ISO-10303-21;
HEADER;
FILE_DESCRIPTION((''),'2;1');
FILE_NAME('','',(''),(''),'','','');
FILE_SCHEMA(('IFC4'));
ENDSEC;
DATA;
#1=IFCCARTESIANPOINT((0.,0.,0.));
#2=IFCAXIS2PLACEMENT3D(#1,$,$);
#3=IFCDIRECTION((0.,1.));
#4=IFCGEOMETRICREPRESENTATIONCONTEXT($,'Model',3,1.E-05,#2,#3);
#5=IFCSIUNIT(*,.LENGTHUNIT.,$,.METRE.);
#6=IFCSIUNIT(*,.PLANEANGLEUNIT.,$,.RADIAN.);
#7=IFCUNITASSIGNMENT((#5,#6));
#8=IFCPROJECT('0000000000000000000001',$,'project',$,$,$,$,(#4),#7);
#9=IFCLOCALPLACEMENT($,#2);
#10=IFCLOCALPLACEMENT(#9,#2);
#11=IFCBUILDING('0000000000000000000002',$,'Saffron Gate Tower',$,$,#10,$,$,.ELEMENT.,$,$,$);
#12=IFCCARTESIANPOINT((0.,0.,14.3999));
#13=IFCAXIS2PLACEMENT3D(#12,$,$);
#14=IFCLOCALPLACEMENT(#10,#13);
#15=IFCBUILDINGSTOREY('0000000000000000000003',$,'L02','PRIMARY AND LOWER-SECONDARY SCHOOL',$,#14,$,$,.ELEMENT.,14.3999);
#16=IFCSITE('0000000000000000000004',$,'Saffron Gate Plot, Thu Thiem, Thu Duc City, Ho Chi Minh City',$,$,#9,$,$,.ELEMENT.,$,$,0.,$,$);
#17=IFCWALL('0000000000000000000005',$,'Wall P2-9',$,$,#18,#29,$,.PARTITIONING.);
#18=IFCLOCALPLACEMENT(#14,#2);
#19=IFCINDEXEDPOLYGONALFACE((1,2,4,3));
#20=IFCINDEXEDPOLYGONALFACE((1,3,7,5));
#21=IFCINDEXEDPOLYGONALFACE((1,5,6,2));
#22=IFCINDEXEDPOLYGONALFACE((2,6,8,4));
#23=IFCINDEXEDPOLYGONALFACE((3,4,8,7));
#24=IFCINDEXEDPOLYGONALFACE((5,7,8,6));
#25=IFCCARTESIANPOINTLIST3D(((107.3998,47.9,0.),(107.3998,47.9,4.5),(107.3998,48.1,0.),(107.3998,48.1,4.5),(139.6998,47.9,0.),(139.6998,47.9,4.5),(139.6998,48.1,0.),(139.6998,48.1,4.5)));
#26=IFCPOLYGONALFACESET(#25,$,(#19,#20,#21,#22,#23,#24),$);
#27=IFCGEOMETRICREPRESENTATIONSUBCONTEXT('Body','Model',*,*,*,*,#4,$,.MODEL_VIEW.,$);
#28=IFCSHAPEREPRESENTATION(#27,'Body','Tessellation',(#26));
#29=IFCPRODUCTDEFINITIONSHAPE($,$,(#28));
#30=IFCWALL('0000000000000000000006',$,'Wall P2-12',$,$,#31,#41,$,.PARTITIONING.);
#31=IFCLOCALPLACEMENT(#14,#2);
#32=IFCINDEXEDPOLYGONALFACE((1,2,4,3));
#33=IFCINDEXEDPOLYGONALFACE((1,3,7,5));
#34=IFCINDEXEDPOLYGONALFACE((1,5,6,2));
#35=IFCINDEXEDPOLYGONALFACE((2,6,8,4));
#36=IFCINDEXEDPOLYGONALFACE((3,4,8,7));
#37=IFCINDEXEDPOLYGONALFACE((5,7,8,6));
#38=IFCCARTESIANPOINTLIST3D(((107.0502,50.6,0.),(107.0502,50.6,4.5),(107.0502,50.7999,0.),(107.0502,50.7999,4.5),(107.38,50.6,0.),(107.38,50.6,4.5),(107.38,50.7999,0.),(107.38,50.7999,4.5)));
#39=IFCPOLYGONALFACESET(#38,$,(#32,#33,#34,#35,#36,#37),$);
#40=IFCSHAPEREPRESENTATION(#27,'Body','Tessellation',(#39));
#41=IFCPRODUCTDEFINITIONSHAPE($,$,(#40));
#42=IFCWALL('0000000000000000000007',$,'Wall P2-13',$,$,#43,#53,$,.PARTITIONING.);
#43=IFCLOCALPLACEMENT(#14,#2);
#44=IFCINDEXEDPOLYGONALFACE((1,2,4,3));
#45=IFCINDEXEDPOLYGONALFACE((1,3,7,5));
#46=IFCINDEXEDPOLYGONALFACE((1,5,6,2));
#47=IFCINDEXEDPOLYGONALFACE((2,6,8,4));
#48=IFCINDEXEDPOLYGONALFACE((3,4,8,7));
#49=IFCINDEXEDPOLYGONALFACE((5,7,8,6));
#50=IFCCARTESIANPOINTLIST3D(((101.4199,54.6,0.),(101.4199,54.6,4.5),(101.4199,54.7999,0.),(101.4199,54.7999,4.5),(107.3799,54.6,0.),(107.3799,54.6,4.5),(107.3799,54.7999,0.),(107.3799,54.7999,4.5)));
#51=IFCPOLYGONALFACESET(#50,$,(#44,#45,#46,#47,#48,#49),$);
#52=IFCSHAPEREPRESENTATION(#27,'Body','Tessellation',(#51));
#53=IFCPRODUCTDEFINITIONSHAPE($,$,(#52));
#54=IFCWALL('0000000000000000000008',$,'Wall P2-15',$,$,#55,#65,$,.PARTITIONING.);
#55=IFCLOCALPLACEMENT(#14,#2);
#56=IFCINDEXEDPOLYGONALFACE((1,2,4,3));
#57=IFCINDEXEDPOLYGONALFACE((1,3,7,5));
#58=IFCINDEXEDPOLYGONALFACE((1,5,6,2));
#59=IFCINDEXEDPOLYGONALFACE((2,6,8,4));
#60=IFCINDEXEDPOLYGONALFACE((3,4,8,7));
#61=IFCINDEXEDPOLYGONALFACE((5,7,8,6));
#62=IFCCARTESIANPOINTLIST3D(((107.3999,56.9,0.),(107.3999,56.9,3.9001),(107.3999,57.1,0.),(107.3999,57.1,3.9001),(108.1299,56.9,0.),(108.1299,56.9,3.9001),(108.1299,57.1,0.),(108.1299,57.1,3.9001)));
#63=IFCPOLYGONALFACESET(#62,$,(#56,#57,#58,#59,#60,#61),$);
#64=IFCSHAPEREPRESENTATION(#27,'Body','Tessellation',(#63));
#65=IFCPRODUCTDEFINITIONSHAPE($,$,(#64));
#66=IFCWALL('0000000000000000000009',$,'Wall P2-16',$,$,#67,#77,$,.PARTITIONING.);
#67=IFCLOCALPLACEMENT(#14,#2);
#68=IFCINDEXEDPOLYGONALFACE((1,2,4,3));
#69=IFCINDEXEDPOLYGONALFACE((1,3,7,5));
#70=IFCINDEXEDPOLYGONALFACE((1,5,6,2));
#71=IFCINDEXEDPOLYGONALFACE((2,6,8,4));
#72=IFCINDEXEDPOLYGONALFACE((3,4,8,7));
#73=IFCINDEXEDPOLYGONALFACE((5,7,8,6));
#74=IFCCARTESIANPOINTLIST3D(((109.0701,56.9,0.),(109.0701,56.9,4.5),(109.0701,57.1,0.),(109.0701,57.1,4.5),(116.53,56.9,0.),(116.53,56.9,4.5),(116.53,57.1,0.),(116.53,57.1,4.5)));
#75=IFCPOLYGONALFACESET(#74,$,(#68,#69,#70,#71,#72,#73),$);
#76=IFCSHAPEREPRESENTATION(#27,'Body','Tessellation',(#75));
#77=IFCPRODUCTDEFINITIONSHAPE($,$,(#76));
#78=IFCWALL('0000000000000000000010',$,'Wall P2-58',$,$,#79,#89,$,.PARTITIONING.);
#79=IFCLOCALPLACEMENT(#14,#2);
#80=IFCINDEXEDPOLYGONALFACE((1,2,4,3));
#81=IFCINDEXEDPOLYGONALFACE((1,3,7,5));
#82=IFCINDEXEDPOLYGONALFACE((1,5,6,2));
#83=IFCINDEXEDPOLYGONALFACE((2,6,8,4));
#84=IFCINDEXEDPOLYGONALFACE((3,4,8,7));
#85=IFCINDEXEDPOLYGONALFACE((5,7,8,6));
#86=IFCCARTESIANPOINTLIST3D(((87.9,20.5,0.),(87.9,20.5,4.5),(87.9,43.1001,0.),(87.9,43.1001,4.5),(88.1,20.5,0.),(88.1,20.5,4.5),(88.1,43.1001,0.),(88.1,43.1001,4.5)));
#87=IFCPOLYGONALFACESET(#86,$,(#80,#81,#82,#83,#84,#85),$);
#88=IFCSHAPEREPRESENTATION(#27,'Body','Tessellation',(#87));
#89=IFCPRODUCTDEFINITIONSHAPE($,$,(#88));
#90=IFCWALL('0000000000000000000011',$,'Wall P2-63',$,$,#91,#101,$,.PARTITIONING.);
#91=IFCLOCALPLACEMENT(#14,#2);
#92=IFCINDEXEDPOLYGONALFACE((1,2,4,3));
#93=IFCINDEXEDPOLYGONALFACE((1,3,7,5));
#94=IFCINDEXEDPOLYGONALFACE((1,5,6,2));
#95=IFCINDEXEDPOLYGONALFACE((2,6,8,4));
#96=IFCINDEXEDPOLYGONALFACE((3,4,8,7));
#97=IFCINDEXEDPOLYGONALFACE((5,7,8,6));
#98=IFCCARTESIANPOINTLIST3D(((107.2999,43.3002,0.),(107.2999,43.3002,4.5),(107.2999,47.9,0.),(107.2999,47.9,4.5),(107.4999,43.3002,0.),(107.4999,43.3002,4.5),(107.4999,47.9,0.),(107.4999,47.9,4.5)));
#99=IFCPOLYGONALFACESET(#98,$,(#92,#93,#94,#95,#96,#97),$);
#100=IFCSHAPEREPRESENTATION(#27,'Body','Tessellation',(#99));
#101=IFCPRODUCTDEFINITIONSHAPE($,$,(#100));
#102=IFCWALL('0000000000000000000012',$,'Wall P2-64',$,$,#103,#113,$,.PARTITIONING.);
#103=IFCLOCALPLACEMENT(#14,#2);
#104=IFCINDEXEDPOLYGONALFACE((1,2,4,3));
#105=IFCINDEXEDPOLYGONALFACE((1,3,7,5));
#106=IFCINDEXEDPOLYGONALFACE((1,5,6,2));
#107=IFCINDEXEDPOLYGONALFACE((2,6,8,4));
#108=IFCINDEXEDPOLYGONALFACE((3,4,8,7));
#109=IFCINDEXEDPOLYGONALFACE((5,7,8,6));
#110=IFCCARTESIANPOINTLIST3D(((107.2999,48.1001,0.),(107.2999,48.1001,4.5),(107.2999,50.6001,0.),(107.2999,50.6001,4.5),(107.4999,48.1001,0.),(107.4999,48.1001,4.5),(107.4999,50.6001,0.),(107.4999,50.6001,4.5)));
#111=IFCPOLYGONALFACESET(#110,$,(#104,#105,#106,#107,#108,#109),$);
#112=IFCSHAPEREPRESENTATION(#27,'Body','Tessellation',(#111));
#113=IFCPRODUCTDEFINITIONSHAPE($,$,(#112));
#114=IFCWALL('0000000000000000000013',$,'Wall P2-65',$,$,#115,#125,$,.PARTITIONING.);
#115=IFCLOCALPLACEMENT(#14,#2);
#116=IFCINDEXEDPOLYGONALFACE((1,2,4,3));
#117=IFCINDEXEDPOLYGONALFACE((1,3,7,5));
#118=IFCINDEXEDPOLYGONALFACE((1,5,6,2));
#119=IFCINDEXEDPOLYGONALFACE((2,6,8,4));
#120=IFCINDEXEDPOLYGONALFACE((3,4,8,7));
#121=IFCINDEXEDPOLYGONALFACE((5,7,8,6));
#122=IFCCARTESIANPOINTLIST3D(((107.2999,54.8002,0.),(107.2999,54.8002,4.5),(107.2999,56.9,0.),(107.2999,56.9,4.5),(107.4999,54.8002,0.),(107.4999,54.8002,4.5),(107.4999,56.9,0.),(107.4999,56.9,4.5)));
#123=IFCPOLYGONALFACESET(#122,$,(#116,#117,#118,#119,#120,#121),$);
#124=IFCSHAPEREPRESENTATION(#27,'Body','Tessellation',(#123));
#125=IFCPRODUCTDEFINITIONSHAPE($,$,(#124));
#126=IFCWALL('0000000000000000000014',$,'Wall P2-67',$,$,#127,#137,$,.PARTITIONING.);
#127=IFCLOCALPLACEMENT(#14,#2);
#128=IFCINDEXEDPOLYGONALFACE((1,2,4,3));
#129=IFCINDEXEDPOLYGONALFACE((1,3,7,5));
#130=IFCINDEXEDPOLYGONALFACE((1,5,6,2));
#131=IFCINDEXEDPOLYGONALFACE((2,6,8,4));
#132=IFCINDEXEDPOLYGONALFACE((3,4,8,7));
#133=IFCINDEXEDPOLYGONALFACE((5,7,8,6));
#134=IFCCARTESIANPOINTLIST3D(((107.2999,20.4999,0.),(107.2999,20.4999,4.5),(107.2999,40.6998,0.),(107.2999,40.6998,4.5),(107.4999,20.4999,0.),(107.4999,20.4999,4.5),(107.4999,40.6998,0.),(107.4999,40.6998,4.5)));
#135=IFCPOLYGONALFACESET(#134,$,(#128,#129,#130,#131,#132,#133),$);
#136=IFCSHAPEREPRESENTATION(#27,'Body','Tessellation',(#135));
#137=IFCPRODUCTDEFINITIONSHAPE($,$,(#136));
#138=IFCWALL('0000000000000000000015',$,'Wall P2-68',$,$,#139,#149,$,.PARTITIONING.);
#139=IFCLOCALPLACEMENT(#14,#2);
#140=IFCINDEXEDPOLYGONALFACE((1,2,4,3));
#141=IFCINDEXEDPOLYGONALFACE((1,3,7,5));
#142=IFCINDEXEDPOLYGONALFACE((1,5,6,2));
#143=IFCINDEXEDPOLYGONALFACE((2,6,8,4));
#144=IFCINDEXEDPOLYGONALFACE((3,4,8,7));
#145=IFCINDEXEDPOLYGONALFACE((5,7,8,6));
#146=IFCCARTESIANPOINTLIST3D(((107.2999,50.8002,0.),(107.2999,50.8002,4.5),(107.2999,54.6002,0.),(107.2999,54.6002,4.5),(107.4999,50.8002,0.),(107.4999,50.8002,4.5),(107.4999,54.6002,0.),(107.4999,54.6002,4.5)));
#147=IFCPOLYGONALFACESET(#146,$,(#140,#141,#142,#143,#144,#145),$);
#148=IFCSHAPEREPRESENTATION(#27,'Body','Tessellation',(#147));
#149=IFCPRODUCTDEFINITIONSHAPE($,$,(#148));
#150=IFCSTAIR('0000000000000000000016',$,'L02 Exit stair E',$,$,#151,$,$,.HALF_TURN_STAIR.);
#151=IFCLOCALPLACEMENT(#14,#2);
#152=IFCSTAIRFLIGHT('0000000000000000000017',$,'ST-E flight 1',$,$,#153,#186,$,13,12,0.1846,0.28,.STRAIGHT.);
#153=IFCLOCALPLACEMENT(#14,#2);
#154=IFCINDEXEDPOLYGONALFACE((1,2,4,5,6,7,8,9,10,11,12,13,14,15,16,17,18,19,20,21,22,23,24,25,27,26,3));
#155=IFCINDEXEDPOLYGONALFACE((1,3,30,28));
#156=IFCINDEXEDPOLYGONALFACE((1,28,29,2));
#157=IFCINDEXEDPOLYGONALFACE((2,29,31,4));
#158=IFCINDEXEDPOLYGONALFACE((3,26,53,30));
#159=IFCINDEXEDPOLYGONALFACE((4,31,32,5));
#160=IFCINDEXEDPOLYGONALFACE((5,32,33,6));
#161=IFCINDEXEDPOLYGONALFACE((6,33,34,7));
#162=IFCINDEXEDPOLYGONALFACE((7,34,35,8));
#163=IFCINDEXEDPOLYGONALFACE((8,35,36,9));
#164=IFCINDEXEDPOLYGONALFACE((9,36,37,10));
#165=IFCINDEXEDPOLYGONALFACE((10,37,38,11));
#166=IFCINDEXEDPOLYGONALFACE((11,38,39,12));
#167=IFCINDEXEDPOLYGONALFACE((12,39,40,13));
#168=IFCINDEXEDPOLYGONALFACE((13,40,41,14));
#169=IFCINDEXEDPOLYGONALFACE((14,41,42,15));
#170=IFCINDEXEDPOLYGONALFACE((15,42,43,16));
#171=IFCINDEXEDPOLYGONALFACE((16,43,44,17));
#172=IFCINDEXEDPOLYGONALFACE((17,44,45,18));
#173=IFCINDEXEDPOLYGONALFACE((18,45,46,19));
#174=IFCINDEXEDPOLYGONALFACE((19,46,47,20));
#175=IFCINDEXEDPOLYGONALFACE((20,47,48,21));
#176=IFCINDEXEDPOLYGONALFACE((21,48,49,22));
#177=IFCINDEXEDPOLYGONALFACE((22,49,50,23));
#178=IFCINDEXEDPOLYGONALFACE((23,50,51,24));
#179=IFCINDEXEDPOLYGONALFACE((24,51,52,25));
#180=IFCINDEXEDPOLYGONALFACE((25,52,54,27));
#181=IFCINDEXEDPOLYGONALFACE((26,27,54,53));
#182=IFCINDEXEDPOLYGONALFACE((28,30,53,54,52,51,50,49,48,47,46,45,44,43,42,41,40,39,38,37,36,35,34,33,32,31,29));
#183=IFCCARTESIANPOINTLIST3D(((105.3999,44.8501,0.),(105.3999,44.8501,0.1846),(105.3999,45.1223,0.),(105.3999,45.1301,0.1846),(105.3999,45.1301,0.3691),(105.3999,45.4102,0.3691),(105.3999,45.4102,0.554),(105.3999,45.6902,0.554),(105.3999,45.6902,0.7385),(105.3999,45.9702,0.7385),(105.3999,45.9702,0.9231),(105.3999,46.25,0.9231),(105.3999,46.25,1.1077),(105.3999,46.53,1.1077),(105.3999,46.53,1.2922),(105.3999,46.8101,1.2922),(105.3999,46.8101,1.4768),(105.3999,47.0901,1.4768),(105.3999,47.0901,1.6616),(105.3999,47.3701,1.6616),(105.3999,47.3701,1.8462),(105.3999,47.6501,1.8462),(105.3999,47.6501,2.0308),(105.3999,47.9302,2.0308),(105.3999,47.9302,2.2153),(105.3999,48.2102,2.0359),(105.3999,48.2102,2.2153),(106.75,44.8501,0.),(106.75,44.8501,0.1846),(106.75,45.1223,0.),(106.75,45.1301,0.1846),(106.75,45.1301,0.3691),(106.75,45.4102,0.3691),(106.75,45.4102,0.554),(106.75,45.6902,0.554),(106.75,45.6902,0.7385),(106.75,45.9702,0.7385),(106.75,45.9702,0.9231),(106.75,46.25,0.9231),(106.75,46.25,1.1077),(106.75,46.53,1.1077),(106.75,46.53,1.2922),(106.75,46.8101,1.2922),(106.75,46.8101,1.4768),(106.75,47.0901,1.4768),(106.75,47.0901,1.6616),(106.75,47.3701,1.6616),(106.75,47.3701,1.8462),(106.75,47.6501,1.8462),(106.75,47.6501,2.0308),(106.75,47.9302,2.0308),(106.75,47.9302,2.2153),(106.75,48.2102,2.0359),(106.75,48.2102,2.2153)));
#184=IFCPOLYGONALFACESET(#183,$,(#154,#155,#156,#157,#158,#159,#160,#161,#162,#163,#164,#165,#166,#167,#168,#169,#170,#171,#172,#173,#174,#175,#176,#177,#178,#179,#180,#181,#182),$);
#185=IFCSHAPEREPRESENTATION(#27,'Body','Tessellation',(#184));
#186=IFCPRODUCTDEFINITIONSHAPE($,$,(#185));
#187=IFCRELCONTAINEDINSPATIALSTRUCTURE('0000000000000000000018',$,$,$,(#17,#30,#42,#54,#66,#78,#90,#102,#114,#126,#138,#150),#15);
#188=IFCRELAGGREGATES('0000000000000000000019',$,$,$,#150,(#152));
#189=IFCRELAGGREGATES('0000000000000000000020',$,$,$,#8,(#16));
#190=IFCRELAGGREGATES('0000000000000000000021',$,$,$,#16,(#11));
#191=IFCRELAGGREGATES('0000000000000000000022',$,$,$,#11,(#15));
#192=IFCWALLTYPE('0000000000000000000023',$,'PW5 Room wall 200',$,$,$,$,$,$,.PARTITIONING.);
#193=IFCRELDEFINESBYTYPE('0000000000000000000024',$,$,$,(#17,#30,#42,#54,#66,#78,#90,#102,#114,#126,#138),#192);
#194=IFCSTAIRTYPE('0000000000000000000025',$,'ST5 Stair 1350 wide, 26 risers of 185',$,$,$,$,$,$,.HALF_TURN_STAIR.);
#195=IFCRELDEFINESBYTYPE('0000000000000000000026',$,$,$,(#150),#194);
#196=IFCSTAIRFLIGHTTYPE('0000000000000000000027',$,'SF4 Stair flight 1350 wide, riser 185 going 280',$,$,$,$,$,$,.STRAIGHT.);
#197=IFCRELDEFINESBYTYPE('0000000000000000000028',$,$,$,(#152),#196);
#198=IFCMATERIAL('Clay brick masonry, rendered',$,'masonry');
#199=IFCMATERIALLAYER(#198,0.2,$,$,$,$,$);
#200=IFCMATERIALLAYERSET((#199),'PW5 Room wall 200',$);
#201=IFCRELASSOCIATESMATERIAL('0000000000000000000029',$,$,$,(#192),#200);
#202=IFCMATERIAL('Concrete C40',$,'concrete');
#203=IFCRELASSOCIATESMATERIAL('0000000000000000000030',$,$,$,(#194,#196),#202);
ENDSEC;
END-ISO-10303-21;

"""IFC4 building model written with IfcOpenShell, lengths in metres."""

from ifc_helpers import new_model, si_unit, direction, frame, frame_2d, origin, place, context, subcontext, project, spatial, polyline, rectangle, outline, extrude, material, layer, layer_set, type_object, element, aggregate, save


model = new_model("IFC4")

# Units and contexts
model_context = context("Model", 3, precision=1e-05, world=origin(), true_north=direction((0.0, 1.0)))
body_context = subcontext(model_context, "Body", "Model", "MODEL_VIEW")
ifc_project = project(units=[si_unit("LENGTHUNIT", "METRE"), si_unit("PLANEANGLEUNIT", "RADIAN")], contexts=[model_context])

# Site, building, storey
site_placement = place(None, origin())
site = spatial("IfcSite", under=ifc_project, at=site_placement, Name="Saffron Gate Plot, Thu Thiem, Thu Duc City, Ho Chi Minh City", CompositionType="ELEMENT", RefElevation=0.0)
building_placement = place(site_placement, origin())
building = spatial("IfcBuilding", under=site, at=building_placement, Name="Saffron Gate Tower", CompositionType="ELEMENT")
storey_placement = place(building_placement, frame((0.0, 0.0, 14.3999)))
storey = spatial("IfcBuildingStorey", under=building, at=storey_placement, Name="L02", Description="PRIMARY AND LOWER-SECONDARY SCHOOL", CompositionType="ELEMENT", Elevation=14.3999)

# Shared definitions
ifc_material_1 = material(Name="Clay brick masonry, rendered", Category="masonry")

# Walls
ifc_layer_1 = layer(ifc_material_1, 0.2)
ifc_layer_set_1 = layer_set([ifc_layer_1], Name="PW5 Room wall 200")
wall_type_1 = type_object("IfcWallType", Name="PW5 Room wall 200", PredefinedType="PARTITIONING", material=ifc_layer_set_1)
wall_1_placement = place(storey_placement, frame((107.3999, 48.0, 0.0), z_axis=(0.0, 0.0, 1.0), x_axis=(1.0, 0.0, 0.0)))
element("IfcWall", 1, at=wall_1_placement, inside=storey, type_object=wall_type_1, Name="Wall P2-9", PredefinedType="PARTITIONING", context=body_context, shape_type="SweptSolid", body=[
    extrude(rectangle(XDim=32.3, YDim=0.2, at=frame_2d((16.1499, 0.0))), origin(), (0.0, 0.0, 1.0), 4.5),
])
wall_2_placement = place(storey_placement, frame((107.05, 50.7, 0.0), z_axis=(0.0, 0.0, 1.0), x_axis=(1.0, 0.0, 0.0)))
element("IfcWall", 2, at=wall_2_placement, inside=storey, type_object=wall_type_1, Name="Wall P2-12", PredefinedType="PARTITIONING", context=body_context, shape_type="SweptSolid", body=[
    extrude(rectangle(XDim=0.3298, YDim=0.2, at=frame_2d((0.165, 0.0))), origin(), (0.0, 0.0, 1.0), 4.5),
])
wall_3_placement = place(storey_placement, frame((101.4199, 54.7, 0.0), z_axis=(0.0, 0.0, 1.0), x_axis=(1.0, 0.0, 0.0)))
element("IfcWall", 3, at=wall_3_placement, inside=storey, type_object=wall_type_1, Name="Wall P2-13", PredefinedType="PARTITIONING", context=body_context, shape_type="SweptSolid", body=[
    extrude(rectangle(XDim=5.96, YDim=0.2, at=frame_2d((2.98, 0.0))), origin(), (0.0, 0.0, 1.0), 4.5),
])
wall_4_placement = place(storey_placement, frame((107.3999, 57.0, 0.0), z_axis=(0.0, 0.0, 1.0), x_axis=(1.0, 0.0, 0.0)))
element("IfcWall", 4, at=wall_4_placement, inside=storey, type_object=wall_type_1, Name="Wall P2-15", PredefinedType="PARTITIONING", context=body_context, shape_type="SweptSolid", body=[
    extrude(rectangle(XDim=0.73, YDim=0.2, at=frame_2d((0.365, 0.0))), origin(), (0.0, 0.0, 1.0), 3.9001),
])
wall_5_placement = place(storey_placement, frame((109.0701, 57.0, 0.0), z_axis=(0.0, 0.0, 1.0), x_axis=(1.0, 0.0, 0.0)))
element("IfcWall", 5, at=wall_5_placement, inside=storey, type_object=wall_type_1, Name="Wall P2-16", PredefinedType="PARTITIONING", context=body_context, shape_type="SweptSolid", body=[
    extrude(rectangle(XDim=7.46, YDim=0.2, at=frame_2d((3.73, 0.0))), origin(), (0.0, 0.0, 1.0), 4.5),
])
wall_6_placement = place(storey_placement, frame((88.0, 43.1001, 0.0), z_axis=(0.0, 0.0, 1.0), x_axis=(0.0, -1.0, 0.0)))
element("IfcWall", 6, at=wall_6_placement, inside=storey, type_object=wall_type_1, Name="Wall P2-58", PredefinedType="PARTITIONING", context=body_context, shape_type="SweptSolid", body=[
    extrude(rectangle(XDim=22.6001, YDim=0.2, at=frame_2d((11.3, 0.0))), origin(), (0.0, 0.0, 1.0), 4.5),
])
wall_7_placement = place(storey_placement, frame((107.3999, 47.8999, 0.0), z_axis=(0.0, 0.0, 1.0), x_axis=(0.0, -1.0, 0.0)))
element("IfcWall", 7, at=wall_7_placement, inside=storey, type_object=wall_type_1, Name="Wall P2-63", PredefinedType="PARTITIONING", context=body_context, shape_type="SweptSolid", body=[
    extrude(rectangle(XDim=4.5999, YDim=0.2, at=frame_2d((2.2998, 0.0))), origin(), (0.0, 0.0, 1.0), 4.5),
])
wall_8_placement = place(storey_placement, frame((107.3999, 50.6001, 0.0), z_axis=(0.0, 0.0, 1.0), x_axis=(0.0, -1.0, 0.0)))
element("IfcWall", 8, at=wall_8_placement, inside=storey, type_object=wall_type_1, Name="Wall P2-64", PredefinedType="PARTITIONING", context=body_context, shape_type="SweptSolid", body=[
    extrude(rectangle(XDim=2.5, YDim=0.2, at=frame_2d((1.25, 0.0))), origin(), (0.0, 0.0, 1.0), 4.5),
])
wall_9_placement = place(storey_placement, frame((107.3999, 56.8999, 0.0), z_axis=(0.0, 0.0, 1.0), x_axis=(0.0, -1.0, 0.0)))
element("IfcWall", 9, at=wall_9_placement, inside=storey, type_object=wall_type_1, Name="Wall P2-65", PredefinedType="PARTITIONING", context=body_context, shape_type="SweptSolid", body=[
    extrude(rectangle(XDim=2.0999, YDim=0.2, at=frame_2d((1.0498, 0.0))), origin(), (0.0, 0.0, 1.0), 4.5),
])
wall_10_placement = place(storey_placement, frame((107.3999, 40.7, 0.0), z_axis=(0.0, 0.0, 1.0), x_axis=(0.0, -1.0, 0.0)))
element("IfcWall", 10, at=wall_10_placement, inside=storey, type_object=wall_type_1, Name="Wall P2-67", PredefinedType="PARTITIONING", context=body_context, shape_type="SweptSolid", body=[
    extrude(rectangle(XDim=20.2, YDim=0.2, at=frame_2d((10.1001, 0.0))), origin(), (0.0, 0.0, 1.0), 4.5),
])
wall_11_placement = place(storey_placement, frame((107.3999, 54.6001, 0.0), z_axis=(0.0, 0.0, 1.0), x_axis=(0.0, -1.0, 0.0)))
element("IfcWall", 11, at=wall_11_placement, inside=storey, type_object=wall_type_1, Name="Wall P2-68", PredefinedType="PARTITIONING", context=body_context, shape_type="SweptSolid", body=[
    extrude(rectangle(XDim=3.8, YDim=0.2, at=frame_2d((1.8999, 0.0))), origin(), (0.0, 0.0, 1.0), 4.5),
])

# Stair, stair flight
ifc_material_2 = material(Name="Concrete C40", Category="concrete")
stair_type = type_object("IfcStairType", Name="ST5 Stair 1350 wide, 26 risers of 185", PredefinedType="HALF_TURN_STAIR", material=ifc_material_2)
stair_placement = place(storey_placement, origin())
stair = element("IfcStair", 12, at=stair_placement, inside=storey, type_object=stair_type, Name="L02 Exit stair E", PredefinedType="HALF_TURN_STAIR")
stair_flight_type = type_object("IfcStairFlightType", Name="SF4 Stair flight 1350 wide, riser 185 going 280", PredefinedType="STRAIGHT", material=ifc_material_2)
stair_flight_1_placement = place(storey_placement, frame((106.075, 44.8501, 0.0), z_axis=(0.0, 0.0, 1.0), x_axis=(0.0, 1.0, 0.0)))
stair_flight_1 = element("IfcStairFlight", 13, at=stair_flight_1_placement, type_object=stair_flight_type, Name="ST-E flight 1", NumberOfRisers=13, NumberOfTreads=12, PredefinedType="STRAIGHT", RiserHeight=0.1846, TreadLength=0.28, context=body_context, shape_type="SweptSolid", body=[
    extrude(outline(polyline([(0.0, 0.0), (0.0, 0.1846), (0.28, 0.1846), (0.28, 0.3691), (0.5601, 0.3691), (0.5601, 0.554), (0.8401, 0.554), (0.8401, 0.7385), (1.1201, 0.7385), (1.1201, 0.9231), (1.3999, 0.9231), (1.3999, 1.1077), (1.6799, 1.1077), (1.6799, 1.2922), (1.96, 1.2922), (1.96, 1.4768), (2.24, 1.4768), (2.24, 1.6616), (2.52, 1.6616), (2.52, 1.8462), (2.8, 1.8462), (2.8, 2.0308), (3.0801, 2.0308), (3.0801, 2.2153), (3.3601, 2.2153), (3.3601, 2.3999), (3.3601, 2.0359), (0.2722, 0.0), (0.0, 0.0)])), frame((0.0, 0.675, 0.0), z_axis=(0.0, -1.0, 0.0), x_axis=(1.0, 0.0, 0.0)), (0.0, 0.0, 1.0), 1.3501),
])
aggregate(stair, [stair_flight_1])

save(model, "model.ifc")
